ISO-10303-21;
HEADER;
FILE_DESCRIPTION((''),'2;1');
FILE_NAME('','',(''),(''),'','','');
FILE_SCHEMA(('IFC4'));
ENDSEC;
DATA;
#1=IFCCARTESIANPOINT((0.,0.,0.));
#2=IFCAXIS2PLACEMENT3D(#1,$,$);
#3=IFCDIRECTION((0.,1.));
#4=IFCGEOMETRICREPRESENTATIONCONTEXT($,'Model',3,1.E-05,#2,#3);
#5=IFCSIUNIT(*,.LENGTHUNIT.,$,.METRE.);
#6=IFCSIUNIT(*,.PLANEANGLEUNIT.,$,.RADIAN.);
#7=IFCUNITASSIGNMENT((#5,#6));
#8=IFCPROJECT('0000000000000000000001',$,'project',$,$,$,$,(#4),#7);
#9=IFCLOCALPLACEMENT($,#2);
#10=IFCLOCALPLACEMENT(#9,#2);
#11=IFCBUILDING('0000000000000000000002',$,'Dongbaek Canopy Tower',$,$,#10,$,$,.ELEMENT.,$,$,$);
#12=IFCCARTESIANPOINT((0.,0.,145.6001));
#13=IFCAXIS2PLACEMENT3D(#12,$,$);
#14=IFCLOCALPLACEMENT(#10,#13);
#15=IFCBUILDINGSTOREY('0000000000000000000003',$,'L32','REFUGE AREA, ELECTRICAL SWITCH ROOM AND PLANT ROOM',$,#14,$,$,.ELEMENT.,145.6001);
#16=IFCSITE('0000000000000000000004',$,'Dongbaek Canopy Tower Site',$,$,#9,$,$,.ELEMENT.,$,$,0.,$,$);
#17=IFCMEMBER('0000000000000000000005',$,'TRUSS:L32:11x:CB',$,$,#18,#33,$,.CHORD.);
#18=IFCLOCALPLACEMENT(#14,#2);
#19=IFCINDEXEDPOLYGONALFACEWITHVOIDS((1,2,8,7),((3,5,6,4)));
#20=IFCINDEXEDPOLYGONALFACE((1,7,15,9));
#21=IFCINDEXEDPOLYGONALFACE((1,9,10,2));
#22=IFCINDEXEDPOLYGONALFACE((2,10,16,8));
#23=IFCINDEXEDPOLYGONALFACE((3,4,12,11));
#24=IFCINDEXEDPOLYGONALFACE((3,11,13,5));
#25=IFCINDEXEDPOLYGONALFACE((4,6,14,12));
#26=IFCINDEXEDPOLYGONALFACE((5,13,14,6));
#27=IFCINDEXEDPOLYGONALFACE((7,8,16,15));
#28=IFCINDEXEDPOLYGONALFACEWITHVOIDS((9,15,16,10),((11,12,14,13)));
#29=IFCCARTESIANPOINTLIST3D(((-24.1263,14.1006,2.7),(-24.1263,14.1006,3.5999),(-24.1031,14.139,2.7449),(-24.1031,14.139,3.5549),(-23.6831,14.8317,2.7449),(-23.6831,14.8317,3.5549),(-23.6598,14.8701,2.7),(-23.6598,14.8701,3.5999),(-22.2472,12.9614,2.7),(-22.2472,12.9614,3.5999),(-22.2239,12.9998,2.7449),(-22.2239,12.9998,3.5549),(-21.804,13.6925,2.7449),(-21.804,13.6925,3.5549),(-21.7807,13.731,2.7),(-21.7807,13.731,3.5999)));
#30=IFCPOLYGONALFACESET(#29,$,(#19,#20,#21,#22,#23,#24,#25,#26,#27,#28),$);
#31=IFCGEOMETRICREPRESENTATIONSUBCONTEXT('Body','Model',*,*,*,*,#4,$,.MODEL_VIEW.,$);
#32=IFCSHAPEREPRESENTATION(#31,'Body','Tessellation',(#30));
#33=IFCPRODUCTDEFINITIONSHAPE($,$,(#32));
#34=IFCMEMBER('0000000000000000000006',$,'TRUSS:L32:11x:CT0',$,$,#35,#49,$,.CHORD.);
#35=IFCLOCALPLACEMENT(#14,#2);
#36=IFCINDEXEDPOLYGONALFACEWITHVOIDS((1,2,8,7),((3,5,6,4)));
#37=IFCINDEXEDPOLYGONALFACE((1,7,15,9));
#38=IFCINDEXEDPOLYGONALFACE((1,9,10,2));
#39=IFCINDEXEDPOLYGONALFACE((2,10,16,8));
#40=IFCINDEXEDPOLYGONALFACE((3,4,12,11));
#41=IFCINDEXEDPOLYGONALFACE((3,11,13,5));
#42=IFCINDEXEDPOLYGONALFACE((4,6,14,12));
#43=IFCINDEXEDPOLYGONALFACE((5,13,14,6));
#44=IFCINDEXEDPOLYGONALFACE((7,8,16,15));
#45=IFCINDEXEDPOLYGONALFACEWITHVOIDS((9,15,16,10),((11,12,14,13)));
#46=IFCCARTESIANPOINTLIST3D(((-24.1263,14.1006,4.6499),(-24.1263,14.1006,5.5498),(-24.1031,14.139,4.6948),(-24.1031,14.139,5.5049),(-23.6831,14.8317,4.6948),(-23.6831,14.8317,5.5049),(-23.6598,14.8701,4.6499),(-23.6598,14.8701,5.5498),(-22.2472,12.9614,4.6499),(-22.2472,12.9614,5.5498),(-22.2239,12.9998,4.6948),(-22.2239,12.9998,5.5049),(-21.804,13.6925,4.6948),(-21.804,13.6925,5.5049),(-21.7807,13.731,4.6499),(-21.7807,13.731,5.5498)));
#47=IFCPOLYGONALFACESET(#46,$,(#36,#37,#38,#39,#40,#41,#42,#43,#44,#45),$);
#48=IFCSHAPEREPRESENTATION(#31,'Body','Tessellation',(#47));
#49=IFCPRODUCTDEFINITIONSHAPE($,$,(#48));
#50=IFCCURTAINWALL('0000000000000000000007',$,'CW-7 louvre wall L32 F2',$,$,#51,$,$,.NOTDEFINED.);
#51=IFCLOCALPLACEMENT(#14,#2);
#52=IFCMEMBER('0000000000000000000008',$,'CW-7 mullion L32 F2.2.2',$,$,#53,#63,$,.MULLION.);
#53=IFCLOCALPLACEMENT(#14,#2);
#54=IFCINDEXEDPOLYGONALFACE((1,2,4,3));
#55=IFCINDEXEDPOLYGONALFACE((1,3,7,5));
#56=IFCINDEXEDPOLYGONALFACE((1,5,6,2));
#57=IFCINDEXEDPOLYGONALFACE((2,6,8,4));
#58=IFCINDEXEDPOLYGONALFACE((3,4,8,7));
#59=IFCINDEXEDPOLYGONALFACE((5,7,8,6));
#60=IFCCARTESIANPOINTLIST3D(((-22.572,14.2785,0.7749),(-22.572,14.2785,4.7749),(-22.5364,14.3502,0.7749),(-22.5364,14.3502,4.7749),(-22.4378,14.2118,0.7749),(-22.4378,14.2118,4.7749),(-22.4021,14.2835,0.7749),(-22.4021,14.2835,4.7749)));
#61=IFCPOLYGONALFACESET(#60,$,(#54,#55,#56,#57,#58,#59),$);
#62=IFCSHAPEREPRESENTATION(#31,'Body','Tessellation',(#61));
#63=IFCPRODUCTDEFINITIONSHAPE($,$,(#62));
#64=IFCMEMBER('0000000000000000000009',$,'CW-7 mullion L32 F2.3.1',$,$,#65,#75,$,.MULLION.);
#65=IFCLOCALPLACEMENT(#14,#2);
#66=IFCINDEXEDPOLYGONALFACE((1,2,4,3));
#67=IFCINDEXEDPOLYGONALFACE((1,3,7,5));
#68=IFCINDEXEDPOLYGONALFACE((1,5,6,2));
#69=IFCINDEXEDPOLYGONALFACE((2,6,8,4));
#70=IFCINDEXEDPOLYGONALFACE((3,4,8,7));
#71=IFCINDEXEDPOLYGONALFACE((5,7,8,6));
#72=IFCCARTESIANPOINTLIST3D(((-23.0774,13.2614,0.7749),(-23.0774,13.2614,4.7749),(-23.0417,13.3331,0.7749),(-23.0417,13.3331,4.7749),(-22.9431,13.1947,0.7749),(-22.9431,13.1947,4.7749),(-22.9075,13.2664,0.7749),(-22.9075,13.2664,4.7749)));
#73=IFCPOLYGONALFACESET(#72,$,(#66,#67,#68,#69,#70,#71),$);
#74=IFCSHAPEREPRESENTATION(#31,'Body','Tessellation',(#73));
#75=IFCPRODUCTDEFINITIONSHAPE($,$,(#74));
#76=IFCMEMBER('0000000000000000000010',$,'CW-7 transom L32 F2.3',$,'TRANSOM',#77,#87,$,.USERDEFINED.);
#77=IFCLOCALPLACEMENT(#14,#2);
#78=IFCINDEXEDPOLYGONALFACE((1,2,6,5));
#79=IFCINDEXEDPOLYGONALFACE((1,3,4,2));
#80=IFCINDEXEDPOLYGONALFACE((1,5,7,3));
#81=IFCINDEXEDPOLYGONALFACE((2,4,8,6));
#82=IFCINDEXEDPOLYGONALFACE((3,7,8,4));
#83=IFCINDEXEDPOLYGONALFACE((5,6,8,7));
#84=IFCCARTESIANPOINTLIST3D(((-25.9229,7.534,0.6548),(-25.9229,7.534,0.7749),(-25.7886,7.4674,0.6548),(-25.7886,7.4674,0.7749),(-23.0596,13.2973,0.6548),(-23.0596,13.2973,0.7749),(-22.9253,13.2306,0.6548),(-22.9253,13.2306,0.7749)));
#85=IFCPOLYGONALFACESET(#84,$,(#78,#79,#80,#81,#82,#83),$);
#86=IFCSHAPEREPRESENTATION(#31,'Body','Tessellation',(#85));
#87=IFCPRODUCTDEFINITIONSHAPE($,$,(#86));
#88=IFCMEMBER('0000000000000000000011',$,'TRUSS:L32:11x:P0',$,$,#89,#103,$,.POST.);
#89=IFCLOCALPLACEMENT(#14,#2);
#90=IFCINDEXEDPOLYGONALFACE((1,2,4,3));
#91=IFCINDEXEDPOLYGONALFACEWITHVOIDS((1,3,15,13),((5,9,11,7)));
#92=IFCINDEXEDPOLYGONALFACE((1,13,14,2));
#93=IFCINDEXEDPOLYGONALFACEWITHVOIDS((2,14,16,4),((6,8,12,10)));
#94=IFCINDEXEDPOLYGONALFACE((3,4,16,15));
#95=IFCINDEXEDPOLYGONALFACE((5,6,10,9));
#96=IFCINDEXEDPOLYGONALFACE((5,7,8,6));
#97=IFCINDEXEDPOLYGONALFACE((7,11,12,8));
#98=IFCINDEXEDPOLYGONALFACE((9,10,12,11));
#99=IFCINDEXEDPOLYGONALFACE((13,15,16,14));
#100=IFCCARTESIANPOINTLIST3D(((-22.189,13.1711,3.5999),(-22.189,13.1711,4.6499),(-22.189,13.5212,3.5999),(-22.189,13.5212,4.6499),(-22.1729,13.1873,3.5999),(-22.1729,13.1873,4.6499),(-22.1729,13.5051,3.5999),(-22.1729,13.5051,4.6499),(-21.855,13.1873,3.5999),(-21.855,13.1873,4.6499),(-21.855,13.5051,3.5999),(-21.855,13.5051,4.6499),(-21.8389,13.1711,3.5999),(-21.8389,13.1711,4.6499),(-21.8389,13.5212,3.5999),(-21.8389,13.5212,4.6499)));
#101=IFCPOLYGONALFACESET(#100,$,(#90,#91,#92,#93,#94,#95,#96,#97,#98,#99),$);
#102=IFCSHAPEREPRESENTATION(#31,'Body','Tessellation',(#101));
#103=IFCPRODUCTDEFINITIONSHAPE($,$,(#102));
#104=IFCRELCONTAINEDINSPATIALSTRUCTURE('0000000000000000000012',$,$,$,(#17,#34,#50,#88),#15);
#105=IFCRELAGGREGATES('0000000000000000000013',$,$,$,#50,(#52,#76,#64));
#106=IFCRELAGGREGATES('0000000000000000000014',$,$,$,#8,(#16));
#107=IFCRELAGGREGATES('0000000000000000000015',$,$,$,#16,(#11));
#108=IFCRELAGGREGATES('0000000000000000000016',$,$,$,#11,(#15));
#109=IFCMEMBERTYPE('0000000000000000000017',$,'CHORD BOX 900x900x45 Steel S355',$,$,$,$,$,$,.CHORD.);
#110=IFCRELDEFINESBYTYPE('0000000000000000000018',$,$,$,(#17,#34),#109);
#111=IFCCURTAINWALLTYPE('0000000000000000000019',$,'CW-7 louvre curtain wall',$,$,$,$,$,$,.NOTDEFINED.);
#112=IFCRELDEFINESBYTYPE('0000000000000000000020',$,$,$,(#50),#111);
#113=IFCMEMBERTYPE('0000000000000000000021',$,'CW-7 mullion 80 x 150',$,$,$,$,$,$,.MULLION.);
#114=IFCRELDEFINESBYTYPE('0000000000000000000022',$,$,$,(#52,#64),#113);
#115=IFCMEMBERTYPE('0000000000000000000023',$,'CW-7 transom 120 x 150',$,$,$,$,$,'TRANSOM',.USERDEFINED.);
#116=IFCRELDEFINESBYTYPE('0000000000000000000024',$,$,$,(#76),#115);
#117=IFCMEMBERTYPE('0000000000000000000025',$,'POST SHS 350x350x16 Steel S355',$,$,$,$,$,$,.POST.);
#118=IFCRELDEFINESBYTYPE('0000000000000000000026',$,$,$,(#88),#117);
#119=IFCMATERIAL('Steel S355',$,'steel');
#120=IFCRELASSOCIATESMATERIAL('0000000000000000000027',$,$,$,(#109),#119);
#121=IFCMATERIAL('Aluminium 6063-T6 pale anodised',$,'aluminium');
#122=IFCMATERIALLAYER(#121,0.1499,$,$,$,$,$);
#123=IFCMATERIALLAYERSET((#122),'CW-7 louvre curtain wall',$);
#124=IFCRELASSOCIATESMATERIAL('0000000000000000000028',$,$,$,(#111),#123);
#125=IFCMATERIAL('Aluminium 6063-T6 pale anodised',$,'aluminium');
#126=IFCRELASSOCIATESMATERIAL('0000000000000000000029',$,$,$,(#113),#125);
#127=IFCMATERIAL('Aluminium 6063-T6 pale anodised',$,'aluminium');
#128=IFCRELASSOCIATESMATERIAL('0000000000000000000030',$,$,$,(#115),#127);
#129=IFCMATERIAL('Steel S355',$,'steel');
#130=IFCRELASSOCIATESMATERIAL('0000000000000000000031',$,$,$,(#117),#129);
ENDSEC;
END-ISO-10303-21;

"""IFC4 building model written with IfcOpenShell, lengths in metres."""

from ifc_helpers import new_model, si_unit, direction, frame, origin, origin_2d, place, context, subcontext, project, spatial, rectangle, hollow_rectangle, extrude, material, layer, layer_set, material_profile, profile_set, type_object, element, aggregate, save


model = new_model("IFC4")

# Units and contexts
model_context = context("Model", 3, precision=1e-05, world=origin(), true_north=direction((0.0, 1.0)))
body_context = subcontext(model_context, "Body", "Model", "MODEL_VIEW")
ifc_project = project(units=[si_unit("LENGTHUNIT", "METRE"), si_unit("PLANEANGLEUNIT", "RADIAN")], contexts=[model_context])

# Site, building, storey
site_placement = place(None, origin())
site = spatial("IfcSite", under=ifc_project, at=site_placement, Name="Dongbaek Canopy Tower Site", CompositionType="ELEMENT", RefElevation=0.0)
building_placement = place(site_placement, origin())
building = spatial("IfcBuilding", under=site, at=building_placement, Name="Dongbaek Canopy Tower", CompositionType="ELEMENT")
storey_placement = place(building_placement, frame((0.0, 0.0, 145.6001)))
storey = spatial("IfcBuildingStorey", under=building, at=storey_placement, Name="L32", Description="REFUGE AREA, ELECTRICAL SWITCH ROOM AND PLANT ROOM", CompositionType="ELEMENT", Elevation=145.6001)

# Members
ifc_material_1 = material(Name="Steel S355", Category="steel")
ifc_material_profile_1 = material_profile(ifc_material_1, hollow_rectangle(XDim=0.8999, YDim=0.8999, WallThickness=0.0449, at=origin_2d()), Name="CHORD BOX 900x900x45 Steel S355")
ifc_profile_set_1 = profile_set([ifc_material_profile_1], Name="Steel S355")
member_type_1 = type_object("IfcMemberType", Name="CHORD BOX 900x900x45 Steel S355", PredefinedType="CHORD", material=ifc_profile_set_1)
for number, where, z_axis, x_axis, name in (
    (1, (-22.0139, 13.3462, 3.1499), (-0.855141, 0.518395, 0.0), (-0.518395, -0.855141, 0.0), "TRUSS:L32:11x:CB"),
    (2, (-22.0139, 13.3462, 5.0999), (-0.855141, 0.518395, 0.0), (-0.518395, -0.855141, 0.0), "TRUSS:L32:11x:CT0"),
):
    element("IfcMember", number, at=place(storey_placement, frame(where, z_axis=z_axis, x_axis=x_axis)), inside=storey, type_object=member_type_1, Name=name, PredefinedType="CHORD", context=body_context, shape_type="SweptSolid", body=[
        extrude(hollow_rectangle(XDim=0.8999, YDim=0.8999, WallThickness=0.0449, at=origin_2d()), origin(), (0.0, 0.0, 1.0), 2.1975),
    ])

# Curtain wall, members
ifc_material_2 = material(Name="Aluminium 6063-T6 pale anodised", Category="aluminium")
ifc_layer_1 = layer(ifc_material_2, 0.1499)
ifc_layer_set_1 = layer_set([ifc_layer_1], Name="CW-7 louvre curtain wall")
curtain_wall_type = type_object("IfcCurtainWallType", Name="CW-7 louvre curtain wall", PredefinedType="NOTDEFINED", material=ifc_layer_set_1)
curtain_wall_placement = place(storey_placement, origin())
curtain_wall = element("IfcCurtainWall", 3, at=curtain_wall_placement, inside=storey, type_object=curtain_wall_type, Name="CW-7 louvre wall L32 F2", PredefinedType="NOTDEFINED")
ifc_material_3 = material(Name="Aluminium 6063-T6 pale anodised", Category="aluminium")
ifc_material_profile_2 = material_profile(ifc_material_3, rectangle(XDim=0.1499, YDim=0.0801, at=origin_2d()), Name="CW-7 mullion 80 x 150")
ifc_profile_set_2 = profile_set([ifc_material_profile_2], Name="Aluminium 6063-T6 pale anodised")
member_type_2 = type_object("IfcMemberType", Name="CW-7 mullion 80 x 150", PredefinedType="MULLION", material=ifc_profile_set_2)
member_1_placement = place(storey_placement, frame((-22.4871, 14.281, 0.7749), z_axis=(0.0, 0.0, 1.0), x_axis=(-0.895566, 0.444929, 0.0)))
member_1 = element("IfcMember", 4, at=member_1_placement, type_object=member_type_2, Name="CW-7 mullion L32 F2.2.2", PredefinedType="MULLION", context=body_context, shape_type="SweptSolid", body=[
    extrude(rectangle(XDim=0.1499, YDim=0.0801, at=origin_2d()), origin(), (0.0, 0.0, 1.0), 4.0),
])
member_2_placement = place(storey_placement, frame((-22.9924, 13.2639, 0.7749), z_axis=(0.0, 0.0, 1.0), x_axis=(-0.895566, 0.444929, 0.0)))
member_2 = element("IfcMember", 5, at=member_2_placement, type_object=member_type_2, Name="CW-7 mullion L32 F2.3.1", PredefinedType="MULLION", context=body_context, shape_type="SweptSolid", body=[
    extrude(rectangle(XDim=0.1499, YDim=0.0801, at=origin_2d()), origin(), (0.0, 0.0, 1.0), 4.0),
])
ifc_material_4 = material(Name="Aluminium 6063-T6 pale anodised", Category="aluminium")
ifc_material_profile_3 = material_profile(ifc_material_4, rectangle(XDim=0.1499, YDim=0.1201, at=origin_2d()), Name="CW-7 transom 120 x 150")
ifc_profile_set_3 = profile_set([ifc_material_profile_3], Name="Aluminium 6063-T6 pale anodised")
member_type_3 = type_object("IfcMemberType", Name="CW-7 transom 120 x 150", ElementType="TRANSOM", PredefinedType="USERDEFINED", material=ifc_profile_set_3)
member_3_placement = place(storey_placement, frame((-22.9924, 13.2639, 0.7148), z_axis=(-0.444936, -0.895562, 0.0), x_axis=(0.895562, -0.444936, 0.0)))
member_3 = element("IfcMember", 6, at=member_3_placement, type_object=member_type_3, Name="CW-7 transom L32 F2.3", ObjectType="TRANSOM", PredefinedType="USERDEFINED", context=body_context, shape_type="SweptSolid", body=[
    extrude(rectangle(XDim=0.1499, YDim=0.1201, at=origin_2d()), origin(), (0.0, 0.0, 1.0), 6.4353),
])
aggregate(curtain_wall, [member_1, member_3, member_2])

# Member
ifc_material_5 = material(Name="Steel S355", Category="steel")
ifc_material_profile_4 = material_profile(ifc_material_5, hollow_rectangle(XDim=0.3501, YDim=0.3501, WallThickness=0.0161, at=origin_2d()), Name="POST SHS 350x350x16 Steel S355")
ifc_profile_set_4 = profile_set([ifc_material_profile_4], Name="Steel S355")
member_type_4 = type_object("IfcMemberType", Name="POST SHS 350x350x16 Steel S355", PredefinedType="POST", material=ifc_profile_set_4)
member_4_placement = place(storey_placement, frame((-22.0139, 13.3462, 3.5999), z_axis=(0.0, 0.0, 1.0), x_axis=(1.0, 0.0, 0.0)))
element("IfcMember", 7, at=member_4_placement, inside=storey, type_object=member_type_4, Name="TRUSS:L32:11x:P0", PredefinedType="POST", context=body_context, shape_type="SweptSolid", body=[
    extrude(hollow_rectangle(XDim=0.3501, YDim=0.3501, WallThickness=0.0161, at=origin_2d()), origin(), (0.0, 0.0, 1.0), 1.05),
])

save(model, "model.ifc")
